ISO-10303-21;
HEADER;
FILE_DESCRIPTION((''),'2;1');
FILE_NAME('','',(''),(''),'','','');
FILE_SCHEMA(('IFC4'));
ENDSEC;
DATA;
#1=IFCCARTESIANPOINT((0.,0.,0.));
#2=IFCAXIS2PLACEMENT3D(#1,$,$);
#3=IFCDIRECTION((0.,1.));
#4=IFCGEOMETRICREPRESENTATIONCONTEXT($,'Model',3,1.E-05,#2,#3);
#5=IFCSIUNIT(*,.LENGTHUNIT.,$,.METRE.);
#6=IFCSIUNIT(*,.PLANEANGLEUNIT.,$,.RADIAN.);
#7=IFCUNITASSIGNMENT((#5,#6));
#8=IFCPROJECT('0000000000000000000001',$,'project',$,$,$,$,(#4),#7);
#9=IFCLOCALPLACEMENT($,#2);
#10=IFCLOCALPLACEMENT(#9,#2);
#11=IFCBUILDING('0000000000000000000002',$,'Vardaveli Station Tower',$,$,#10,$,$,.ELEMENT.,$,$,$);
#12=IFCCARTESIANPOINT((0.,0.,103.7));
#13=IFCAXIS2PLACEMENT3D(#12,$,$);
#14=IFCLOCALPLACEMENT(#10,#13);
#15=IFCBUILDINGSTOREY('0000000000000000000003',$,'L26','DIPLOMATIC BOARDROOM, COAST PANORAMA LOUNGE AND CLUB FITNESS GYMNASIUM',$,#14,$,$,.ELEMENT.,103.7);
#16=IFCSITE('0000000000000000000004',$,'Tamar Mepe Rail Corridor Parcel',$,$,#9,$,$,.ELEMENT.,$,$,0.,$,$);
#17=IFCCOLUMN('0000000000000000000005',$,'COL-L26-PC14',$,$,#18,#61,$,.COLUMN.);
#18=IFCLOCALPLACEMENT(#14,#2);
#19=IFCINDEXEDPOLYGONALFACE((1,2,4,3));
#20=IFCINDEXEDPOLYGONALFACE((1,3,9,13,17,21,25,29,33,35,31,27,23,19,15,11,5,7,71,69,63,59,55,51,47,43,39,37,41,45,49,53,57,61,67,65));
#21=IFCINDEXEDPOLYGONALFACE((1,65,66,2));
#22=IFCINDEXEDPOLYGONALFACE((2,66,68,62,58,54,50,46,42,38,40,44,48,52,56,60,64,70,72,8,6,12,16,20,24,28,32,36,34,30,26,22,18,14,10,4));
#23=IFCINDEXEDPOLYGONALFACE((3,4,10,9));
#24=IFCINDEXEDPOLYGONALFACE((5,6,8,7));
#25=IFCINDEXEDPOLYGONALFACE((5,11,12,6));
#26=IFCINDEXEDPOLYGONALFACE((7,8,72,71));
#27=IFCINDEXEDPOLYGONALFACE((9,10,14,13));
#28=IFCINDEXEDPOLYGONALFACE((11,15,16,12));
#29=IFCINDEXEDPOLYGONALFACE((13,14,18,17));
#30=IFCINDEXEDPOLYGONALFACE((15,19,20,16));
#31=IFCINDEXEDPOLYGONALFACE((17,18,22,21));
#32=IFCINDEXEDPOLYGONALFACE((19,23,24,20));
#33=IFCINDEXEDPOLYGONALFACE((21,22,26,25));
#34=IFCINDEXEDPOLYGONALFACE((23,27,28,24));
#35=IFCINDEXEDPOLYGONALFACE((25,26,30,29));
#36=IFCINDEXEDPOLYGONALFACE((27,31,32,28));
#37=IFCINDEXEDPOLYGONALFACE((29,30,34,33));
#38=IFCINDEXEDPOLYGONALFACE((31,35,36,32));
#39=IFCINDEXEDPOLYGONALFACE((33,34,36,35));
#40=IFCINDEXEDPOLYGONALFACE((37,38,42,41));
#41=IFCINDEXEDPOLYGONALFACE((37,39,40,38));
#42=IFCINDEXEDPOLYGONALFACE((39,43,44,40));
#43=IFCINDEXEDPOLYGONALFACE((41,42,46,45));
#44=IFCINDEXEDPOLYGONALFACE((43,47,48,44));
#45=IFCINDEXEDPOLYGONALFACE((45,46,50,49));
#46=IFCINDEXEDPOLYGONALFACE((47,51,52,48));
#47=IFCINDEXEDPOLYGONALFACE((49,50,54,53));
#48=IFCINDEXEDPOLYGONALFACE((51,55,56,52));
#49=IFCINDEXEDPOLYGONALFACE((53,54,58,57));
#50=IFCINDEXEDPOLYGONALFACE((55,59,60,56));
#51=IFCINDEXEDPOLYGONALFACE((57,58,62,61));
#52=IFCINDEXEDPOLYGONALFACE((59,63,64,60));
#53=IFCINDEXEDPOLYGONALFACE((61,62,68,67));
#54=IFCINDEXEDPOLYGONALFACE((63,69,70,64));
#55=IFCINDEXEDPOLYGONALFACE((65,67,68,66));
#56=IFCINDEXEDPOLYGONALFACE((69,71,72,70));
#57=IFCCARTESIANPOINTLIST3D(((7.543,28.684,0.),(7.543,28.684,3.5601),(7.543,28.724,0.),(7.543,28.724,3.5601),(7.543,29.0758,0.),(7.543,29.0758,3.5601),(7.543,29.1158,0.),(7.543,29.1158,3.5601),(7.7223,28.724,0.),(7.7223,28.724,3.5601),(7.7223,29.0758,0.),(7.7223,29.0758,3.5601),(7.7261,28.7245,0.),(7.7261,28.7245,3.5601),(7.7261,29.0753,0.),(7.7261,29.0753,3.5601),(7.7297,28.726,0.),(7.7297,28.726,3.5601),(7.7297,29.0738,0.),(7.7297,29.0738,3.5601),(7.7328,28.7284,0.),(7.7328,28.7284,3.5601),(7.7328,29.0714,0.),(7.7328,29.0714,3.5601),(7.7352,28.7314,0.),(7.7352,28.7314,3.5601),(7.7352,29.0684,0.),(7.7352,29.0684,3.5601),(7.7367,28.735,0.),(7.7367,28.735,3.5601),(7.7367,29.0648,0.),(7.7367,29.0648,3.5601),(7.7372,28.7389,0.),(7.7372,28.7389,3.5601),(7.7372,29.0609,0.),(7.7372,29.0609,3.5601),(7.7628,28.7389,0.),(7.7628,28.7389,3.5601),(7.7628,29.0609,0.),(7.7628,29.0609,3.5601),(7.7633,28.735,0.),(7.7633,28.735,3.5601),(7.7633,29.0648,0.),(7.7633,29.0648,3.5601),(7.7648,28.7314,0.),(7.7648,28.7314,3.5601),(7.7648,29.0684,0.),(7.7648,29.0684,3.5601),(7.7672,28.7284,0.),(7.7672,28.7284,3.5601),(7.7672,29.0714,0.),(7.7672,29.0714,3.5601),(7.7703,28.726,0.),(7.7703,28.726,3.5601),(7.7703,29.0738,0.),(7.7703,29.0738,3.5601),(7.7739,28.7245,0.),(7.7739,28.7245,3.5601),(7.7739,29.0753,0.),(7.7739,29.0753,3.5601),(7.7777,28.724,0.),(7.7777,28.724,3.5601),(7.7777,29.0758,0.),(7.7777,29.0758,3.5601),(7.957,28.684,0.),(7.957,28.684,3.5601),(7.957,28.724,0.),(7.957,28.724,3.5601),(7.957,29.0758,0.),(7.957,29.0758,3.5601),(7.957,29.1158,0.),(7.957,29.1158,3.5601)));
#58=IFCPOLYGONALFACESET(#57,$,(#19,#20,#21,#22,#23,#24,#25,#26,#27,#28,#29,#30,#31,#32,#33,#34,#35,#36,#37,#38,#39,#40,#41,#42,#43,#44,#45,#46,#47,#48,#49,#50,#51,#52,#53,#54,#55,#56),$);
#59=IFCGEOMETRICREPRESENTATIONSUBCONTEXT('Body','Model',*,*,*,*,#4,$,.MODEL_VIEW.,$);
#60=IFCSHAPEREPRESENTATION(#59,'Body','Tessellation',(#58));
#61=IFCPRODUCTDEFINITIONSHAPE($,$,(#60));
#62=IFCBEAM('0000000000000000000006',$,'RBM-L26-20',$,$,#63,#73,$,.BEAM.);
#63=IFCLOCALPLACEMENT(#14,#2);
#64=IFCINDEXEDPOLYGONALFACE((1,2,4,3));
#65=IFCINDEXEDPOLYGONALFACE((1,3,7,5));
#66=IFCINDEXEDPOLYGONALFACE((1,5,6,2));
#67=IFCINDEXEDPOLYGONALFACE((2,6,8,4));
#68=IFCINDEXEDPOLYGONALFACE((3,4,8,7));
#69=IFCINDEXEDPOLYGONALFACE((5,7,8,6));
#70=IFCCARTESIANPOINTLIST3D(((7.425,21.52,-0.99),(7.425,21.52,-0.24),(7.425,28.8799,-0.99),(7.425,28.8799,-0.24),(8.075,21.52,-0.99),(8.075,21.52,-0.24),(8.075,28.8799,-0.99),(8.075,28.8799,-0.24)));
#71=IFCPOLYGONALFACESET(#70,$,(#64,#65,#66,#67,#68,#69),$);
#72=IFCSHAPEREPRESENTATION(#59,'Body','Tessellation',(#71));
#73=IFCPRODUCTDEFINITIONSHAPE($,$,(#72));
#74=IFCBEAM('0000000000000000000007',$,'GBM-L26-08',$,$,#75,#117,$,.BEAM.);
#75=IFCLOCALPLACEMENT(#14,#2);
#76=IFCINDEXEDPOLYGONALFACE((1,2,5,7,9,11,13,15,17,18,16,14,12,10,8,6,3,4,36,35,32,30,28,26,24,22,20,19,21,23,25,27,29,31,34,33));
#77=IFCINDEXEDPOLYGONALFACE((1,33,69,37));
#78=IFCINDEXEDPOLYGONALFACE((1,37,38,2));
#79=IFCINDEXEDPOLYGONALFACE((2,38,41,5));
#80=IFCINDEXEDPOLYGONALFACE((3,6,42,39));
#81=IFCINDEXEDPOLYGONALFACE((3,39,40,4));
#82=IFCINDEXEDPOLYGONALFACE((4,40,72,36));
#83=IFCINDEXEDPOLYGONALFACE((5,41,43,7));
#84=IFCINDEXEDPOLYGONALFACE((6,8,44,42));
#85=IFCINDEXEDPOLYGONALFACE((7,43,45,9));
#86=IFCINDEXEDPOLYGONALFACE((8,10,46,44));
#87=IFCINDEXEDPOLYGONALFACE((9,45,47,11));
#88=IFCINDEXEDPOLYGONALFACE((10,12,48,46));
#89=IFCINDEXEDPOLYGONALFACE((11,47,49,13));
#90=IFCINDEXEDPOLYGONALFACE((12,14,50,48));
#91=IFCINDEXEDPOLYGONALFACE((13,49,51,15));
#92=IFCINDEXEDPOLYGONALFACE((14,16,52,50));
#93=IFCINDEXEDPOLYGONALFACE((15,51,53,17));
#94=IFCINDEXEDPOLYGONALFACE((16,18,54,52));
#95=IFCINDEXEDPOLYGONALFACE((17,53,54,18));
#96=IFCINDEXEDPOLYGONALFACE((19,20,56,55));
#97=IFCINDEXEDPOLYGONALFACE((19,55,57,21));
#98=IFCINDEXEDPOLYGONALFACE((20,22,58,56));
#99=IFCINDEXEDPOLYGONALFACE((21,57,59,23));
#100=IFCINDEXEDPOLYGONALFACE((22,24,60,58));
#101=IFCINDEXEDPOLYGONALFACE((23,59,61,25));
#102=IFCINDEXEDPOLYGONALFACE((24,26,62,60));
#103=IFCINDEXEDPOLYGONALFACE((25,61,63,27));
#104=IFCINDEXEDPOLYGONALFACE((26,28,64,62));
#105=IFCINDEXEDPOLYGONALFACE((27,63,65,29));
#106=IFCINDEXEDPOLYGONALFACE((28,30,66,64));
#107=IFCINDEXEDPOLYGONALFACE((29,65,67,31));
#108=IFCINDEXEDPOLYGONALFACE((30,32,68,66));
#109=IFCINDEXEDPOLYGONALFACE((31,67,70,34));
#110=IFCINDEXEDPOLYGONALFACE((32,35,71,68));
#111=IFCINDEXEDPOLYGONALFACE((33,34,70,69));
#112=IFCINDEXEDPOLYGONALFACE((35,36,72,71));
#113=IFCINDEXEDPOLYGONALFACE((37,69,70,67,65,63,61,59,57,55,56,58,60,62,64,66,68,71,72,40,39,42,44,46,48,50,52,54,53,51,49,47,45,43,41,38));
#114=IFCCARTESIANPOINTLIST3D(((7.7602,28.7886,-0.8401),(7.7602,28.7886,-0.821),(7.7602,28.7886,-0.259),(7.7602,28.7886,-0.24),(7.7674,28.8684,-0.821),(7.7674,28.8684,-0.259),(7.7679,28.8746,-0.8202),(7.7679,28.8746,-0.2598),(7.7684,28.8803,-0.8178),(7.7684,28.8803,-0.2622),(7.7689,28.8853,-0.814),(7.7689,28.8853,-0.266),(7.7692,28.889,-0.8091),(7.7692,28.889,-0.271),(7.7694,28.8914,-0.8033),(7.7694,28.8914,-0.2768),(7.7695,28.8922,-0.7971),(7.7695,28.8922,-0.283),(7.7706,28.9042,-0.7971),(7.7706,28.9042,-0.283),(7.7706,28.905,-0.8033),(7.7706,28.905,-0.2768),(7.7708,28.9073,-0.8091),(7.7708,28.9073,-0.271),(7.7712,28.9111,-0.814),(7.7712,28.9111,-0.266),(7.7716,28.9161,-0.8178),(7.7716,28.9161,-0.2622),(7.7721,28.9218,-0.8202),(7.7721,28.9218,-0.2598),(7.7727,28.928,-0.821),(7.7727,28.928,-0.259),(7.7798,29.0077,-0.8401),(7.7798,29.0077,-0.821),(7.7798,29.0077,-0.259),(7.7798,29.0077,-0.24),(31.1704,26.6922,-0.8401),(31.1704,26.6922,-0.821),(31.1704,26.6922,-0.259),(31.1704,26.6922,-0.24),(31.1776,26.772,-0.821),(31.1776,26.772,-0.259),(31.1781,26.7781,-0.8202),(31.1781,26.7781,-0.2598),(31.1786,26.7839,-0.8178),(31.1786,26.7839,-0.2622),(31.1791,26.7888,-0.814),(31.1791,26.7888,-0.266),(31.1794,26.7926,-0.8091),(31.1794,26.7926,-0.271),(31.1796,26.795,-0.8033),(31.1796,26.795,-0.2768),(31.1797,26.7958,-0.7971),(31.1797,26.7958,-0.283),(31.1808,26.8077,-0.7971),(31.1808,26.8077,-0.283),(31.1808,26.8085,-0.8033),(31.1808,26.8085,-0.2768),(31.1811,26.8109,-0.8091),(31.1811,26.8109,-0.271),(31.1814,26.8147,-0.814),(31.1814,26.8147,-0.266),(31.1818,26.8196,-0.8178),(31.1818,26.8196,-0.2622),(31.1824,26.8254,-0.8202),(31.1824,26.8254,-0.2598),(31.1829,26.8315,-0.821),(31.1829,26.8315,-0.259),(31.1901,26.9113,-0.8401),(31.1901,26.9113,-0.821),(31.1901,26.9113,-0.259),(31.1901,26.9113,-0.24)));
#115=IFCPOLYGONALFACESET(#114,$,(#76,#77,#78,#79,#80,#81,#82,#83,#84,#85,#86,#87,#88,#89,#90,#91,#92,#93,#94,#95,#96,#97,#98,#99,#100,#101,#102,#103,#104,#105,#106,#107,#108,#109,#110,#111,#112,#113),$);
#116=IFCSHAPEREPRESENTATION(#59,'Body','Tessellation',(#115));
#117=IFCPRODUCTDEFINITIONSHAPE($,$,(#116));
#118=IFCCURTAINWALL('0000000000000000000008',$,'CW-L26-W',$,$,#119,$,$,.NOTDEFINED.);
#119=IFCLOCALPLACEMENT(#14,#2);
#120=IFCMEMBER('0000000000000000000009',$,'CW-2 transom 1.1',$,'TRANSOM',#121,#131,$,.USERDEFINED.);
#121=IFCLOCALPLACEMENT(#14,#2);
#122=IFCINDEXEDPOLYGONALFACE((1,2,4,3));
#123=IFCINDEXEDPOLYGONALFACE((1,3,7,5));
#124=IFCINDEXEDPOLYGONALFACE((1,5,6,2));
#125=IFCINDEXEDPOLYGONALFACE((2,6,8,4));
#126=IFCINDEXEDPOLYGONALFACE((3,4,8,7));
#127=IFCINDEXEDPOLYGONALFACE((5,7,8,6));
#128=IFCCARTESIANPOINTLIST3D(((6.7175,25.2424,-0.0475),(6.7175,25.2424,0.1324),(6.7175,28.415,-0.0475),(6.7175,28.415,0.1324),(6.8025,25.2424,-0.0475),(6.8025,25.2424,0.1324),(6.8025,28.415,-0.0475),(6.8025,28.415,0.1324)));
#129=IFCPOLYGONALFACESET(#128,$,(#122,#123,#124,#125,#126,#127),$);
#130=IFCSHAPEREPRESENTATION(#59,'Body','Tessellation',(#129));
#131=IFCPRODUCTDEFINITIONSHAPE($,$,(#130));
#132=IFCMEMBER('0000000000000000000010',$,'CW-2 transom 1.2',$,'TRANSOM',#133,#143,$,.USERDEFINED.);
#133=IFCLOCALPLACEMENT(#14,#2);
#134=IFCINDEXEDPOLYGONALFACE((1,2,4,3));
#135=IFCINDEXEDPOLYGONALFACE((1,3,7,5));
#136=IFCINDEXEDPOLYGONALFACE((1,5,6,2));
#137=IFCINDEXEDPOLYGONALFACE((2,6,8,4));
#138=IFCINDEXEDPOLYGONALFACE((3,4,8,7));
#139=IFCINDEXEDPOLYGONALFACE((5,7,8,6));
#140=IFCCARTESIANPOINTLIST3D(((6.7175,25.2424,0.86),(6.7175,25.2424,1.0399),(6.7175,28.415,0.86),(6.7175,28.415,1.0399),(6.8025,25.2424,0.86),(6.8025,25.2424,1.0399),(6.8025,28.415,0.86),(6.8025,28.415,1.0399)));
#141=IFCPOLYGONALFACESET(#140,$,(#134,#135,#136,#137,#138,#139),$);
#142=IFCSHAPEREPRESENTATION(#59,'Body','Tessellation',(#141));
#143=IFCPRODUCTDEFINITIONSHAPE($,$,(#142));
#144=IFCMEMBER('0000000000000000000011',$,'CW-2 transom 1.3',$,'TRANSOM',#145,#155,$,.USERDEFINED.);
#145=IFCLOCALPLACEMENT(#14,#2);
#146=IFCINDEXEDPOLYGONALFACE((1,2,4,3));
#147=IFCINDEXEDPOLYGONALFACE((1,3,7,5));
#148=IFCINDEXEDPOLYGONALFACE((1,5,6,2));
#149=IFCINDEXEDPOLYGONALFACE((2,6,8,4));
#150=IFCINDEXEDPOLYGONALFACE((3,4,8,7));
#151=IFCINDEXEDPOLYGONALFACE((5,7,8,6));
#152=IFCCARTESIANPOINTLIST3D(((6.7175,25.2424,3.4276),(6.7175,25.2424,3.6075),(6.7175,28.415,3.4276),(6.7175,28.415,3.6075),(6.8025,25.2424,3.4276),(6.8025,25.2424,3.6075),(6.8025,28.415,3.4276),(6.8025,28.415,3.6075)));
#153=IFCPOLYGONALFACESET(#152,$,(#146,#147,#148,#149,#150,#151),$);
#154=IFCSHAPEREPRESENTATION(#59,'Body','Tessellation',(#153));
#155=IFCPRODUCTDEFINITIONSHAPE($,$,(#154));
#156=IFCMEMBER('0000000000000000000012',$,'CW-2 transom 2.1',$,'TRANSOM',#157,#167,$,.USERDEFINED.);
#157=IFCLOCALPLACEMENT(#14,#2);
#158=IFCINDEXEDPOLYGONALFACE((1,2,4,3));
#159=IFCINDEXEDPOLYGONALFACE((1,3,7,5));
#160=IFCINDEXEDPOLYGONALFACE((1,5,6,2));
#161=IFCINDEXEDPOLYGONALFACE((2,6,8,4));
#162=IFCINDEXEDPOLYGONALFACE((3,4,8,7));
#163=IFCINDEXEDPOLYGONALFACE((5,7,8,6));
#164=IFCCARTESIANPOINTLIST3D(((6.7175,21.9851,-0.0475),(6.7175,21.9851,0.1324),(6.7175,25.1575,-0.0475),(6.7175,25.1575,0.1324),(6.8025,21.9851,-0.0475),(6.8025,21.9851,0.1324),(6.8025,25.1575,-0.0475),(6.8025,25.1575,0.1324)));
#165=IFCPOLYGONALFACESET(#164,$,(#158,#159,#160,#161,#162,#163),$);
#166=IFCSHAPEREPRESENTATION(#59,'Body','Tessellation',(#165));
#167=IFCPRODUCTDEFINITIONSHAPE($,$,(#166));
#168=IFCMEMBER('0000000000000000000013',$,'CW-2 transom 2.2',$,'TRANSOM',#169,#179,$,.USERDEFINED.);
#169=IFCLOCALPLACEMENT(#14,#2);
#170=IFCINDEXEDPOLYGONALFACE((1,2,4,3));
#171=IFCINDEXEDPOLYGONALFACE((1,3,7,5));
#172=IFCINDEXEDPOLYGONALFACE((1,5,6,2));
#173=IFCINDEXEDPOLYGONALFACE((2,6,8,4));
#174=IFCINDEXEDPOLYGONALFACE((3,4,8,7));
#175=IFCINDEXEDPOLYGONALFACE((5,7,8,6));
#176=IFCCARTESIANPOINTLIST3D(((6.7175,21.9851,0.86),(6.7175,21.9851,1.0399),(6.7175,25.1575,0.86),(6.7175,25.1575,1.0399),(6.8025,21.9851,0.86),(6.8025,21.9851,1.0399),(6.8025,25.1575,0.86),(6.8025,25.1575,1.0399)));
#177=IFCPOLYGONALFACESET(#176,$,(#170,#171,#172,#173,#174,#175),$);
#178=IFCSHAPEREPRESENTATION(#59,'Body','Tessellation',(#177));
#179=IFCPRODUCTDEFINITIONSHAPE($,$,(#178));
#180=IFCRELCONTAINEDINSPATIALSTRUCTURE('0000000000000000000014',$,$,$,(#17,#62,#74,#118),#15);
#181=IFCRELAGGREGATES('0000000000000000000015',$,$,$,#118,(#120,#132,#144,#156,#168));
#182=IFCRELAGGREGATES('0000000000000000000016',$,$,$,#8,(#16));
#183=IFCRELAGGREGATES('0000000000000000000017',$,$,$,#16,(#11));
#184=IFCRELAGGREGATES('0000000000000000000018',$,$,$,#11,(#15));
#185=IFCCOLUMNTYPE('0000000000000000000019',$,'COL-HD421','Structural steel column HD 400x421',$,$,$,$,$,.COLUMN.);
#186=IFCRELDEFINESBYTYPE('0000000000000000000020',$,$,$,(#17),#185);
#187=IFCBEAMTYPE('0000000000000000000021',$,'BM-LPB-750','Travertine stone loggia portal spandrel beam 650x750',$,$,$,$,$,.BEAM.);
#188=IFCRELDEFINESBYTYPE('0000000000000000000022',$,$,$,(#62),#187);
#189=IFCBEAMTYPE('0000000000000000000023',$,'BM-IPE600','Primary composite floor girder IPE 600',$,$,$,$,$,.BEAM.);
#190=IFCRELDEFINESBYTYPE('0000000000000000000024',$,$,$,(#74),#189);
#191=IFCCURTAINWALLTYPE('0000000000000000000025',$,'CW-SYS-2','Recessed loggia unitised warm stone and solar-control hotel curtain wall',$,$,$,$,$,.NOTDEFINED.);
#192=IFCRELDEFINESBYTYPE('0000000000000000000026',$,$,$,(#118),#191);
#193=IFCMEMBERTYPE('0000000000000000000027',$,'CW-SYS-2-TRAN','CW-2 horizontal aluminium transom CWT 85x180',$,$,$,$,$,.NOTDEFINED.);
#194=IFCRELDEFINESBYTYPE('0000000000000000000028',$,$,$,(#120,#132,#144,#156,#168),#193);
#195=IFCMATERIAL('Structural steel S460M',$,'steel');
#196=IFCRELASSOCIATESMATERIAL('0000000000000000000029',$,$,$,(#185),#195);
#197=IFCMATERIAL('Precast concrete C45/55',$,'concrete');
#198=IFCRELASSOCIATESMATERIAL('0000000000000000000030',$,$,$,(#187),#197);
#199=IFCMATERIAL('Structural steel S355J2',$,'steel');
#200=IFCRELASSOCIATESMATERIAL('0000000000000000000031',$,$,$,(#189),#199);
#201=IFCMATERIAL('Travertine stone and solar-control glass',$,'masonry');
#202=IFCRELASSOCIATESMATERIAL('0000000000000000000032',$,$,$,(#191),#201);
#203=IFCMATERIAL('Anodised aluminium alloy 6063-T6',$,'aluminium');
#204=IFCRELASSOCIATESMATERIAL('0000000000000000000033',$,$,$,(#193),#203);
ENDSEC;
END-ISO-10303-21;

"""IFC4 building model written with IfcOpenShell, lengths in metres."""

from ifc_helpers import new_model, si_unit, direction, frame, origin, origin_2d, place, context, subcontext, project, spatial, rectangle, i_section, extrude, source, transform, mapped, material, material_profile, profile_set, type_object, element, aggregate, save


model = new_model("IFC4")

# Units and contexts
model_context = context("Model", 3, precision=1e-05, world=origin(), true_north=direction((0.0, 1.0)))
body_context = subcontext(model_context, "Body", "Model", "MODEL_VIEW")
ifc_project = project(units=[si_unit("LENGTHUNIT", "METRE"), si_unit("PLANEANGLEUNIT", "RADIAN")], contexts=[model_context])

# Site, building, storey
site_placement = place(None, origin())
site = spatial("IfcSite", under=ifc_project, at=site_placement, Name="Tamar Mepe Rail Corridor Parcel", CompositionType="ELEMENT", RefElevation=0.0)
building_placement = place(site_placement, origin())
building = spatial("IfcBuilding", under=site, at=building_placement, Name="Vardaveli Station Tower", CompositionType="ELEMENT")
storey_placement = place(building_placement, frame((0.0, 0.0, 103.7)))
storey = spatial("IfcBuildingStorey", under=building, at=storey_placement, Name="L26", Description="DIPLOMATIC BOARDROOM, COAST PANORAMA LOUNGE AND CLUB FITNESS GYMNASIUM", CompositionType="ELEMENT", Elevation=103.7)

# Column
ifc_material_1 = material(Name="Structural steel S460M", Category="steel")
ifc_material_profile_1 = material_profile(ifc_material_1, i_section(OverallWidth=0.4141, OverallDepth=0.4319, WebThickness=0.0256, FlangeThickness=0.04, FilletRadius=0.0149, at=origin_2d()), Name="HD 400x421")
ifc_profile_set_1 = profile_set([ifc_material_profile_1], Name="Structural steel S460M")
column_type = type_object("IfcColumnType", Name="COL-HD421", Description="Structural steel column HD 400x421", PredefinedType="COLUMN", material=ifc_profile_set_1)
shared_shape_1 = source(origin(), body_context, "Body", "SweptSolid", [
    extrude(i_section(OverallWidth=0.4141, OverallDepth=0.4319, WebThickness=0.0256, FlangeThickness=0.04, FilletRadius=0.0149, at=origin_2d()), origin(), (0.0, 0.0, 1.0), 3.5601),
])
column_placement = place(storey_placement, frame((7.75, 28.8999, 0.0), z_axis=(0.0, 0.0, 1.0), x_axis=(1.0, 0.0, 0.0)))
element("IfcColumn", 1, at=column_placement, inside=storey, type_object=column_type, Name="COL-L26-PC14", PredefinedType="COLUMN", context=body_context, shape_type="MappedRepresentation", body=[
    mapped(shared_shape_1, transform((0.0, 0.0, 0.0), scale=1.0)),
])

# Beams
ifc_material_2 = material(Name="Precast concrete C45/55", Category="concrete")
ifc_material_profile_2 = material_profile(ifc_material_2, rectangle(XDim=0.6499, YDim=0.75, at=origin_2d()), Name="LPB 650x750")
ifc_profile_set_2 = profile_set([ifc_material_profile_2], Name="Precast concrete C45/55")
beam_type_1 = type_object("IfcBeamType", Name="BM-LPB-750", Description="Travertine stone loggia portal spandrel beam 650x750", PredefinedType="BEAM", material=ifc_profile_set_2)
shared_shape_2 = source(origin(), body_context, "Body", "SweptSolid", [
    extrude(rectangle(XDim=0.6499, YDim=0.75, at=origin_2d()), origin(), (0.0, 0.0, 1.0), 7.3599),
])
beam_1_placement = place(storey_placement, frame((7.75, 28.8799, -0.615), z_axis=(0.0, -1.0, 0.0), x_axis=(1.0, 0.0, 0.0)))
element("IfcBeam", 2, at=beam_1_placement, inside=storey, type_object=beam_type_1, Name="RBM-L26-20", PredefinedType="BEAM", context=body_context, shape_type="MappedRepresentation", body=[
    mapped(shared_shape_2, transform((0.0, 0.0, 0.0), scale=1.0)),
])
ifc_material_3 = material(Name="Structural steel S355J2", Category="steel")
ifc_material_profile_3 = material_profile(ifc_material_3, i_section(OverallWidth=0.22, OverallDepth=0.6001, WebThickness=0.012, FlangeThickness=0.019, FilletRadius=0.0239, at=origin_2d()), Name="IPE 600")
ifc_profile_set_3 = profile_set([ifc_material_profile_3], Name="Structural steel S355J2")
beam_type_2 = type_object("IfcBeamType", Name="BM-IPE600", Description="Primary composite floor girder IPE 600", PredefinedType="BEAM", material=ifc_profile_set_3)
shared_shape_3 = source(origin(), body_context, "Body", "SweptSolid", [
    extrude(i_section(OverallWidth=0.22, OverallDepth=0.6001, WebThickness=0.012, FlangeThickness=0.019, FilletRadius=0.0239, at=origin_2d()), origin(), (0.0, 0.0, 1.0), 23.5039),
])
beam_2_placement = place(storey_placement, frame((7.77, 28.8982, -0.54), z_axis=(0.996014, -0.089195, 0.0), x_axis=(0.089195, 0.996014, 0.0)))
element("IfcBeam", 3, at=beam_2_placement, inside=storey, type_object=beam_type_2, Name="GBM-L26-08", PredefinedType="BEAM", context=body_context, shape_type="MappedRepresentation", body=[
    mapped(shared_shape_3, transform((0.0, 0.0, 0.0), scale=1.0)),
])

# Curtain wall, members
ifc_material_4 = material(Name="Travertine stone and solar-control glass", Category="masonry")
curtain_wall_type = type_object("IfcCurtainWallType", Name="CW-SYS-2", Description="Recessed loggia unitised warm stone and solar-control hotel curtain wall", PredefinedType="NOTDEFINED", material=ifc_material_4)
curtain_wall_placement = place(storey_placement, origin())
curtain_wall = element("IfcCurtainWall", 4, at=curtain_wall_placement, inside=storey, type_object=curtain_wall_type, Name="CW-L26-W", PredefinedType="NOTDEFINED")
ifc_material_5 = material(Name="Anodised aluminium alloy 6063-T6", Category="aluminium")
ifc_material_profile_4 = material_profile(ifc_material_5, rectangle(XDim=0.085, YDim=0.1799, at=origin_2d()), Name="CWT 85x180")
ifc_profile_set_4 = profile_set([ifc_material_profile_4], Name="Anodised aluminium alloy 6063-T6")
member_type_1 = type_object("IfcMemberType", Name="CW-SYS-2-TRAN", Description="CW-2 horizontal aluminium transom CWT 85x180", PredefinedType="NOTDEFINED", material=ifc_profile_set_4)
shared_shape_4 = source(origin(), body_context, "Body", "SweptSolid", [
    extrude(rectangle(XDim=0.085, YDim=0.1799, at=origin_2d()), origin(), (0.0, 0.0, 1.0), 3.1726),
])
member_1_placement = place(storey_placement, frame((6.76, 28.415, 0.0425), z_axis=(0.0, -1.0, 0.0), x_axis=(1.0, 0.0, 0.0)))
member_1 = element("IfcMember", 5, at=member_1_placement, type_object=member_type_1, Name="CW-2 transom 1.1", ObjectType="TRANSOM", PredefinedType="USERDEFINED", context=body_context, shape_type="MappedRepresentation", body=[
    mapped(shared_shape_4, transform((0.0, 0.0, 0.0), scale=1.0)),
])
member_2_placement = place(storey_placement, frame((6.76, 28.415, 0.95), z_axis=(0.0, -1.0, 0.0), x_axis=(1.0, 0.0, 0.0)))
member_2 = element("IfcMember", 6, at=member_2_placement, type_object=member_type_1, Name="CW-2 transom 1.2", ObjectType="TRANSOM", PredefinedType="USERDEFINED", context=body_context, shape_type="MappedRepresentation", body=[
    mapped(shared_shape_4, transform((0.0, 0.0, 0.0), scale=1.0)),
])
member_3_placement = place(storey_placement, frame((6.76, 28.415, 3.5176), z_axis=(0.0, -1.0, 0.0), x_axis=(1.0, 0.0, 0.0)))
member_3 = element("IfcMember", 7, at=member_3_placement, type_object=member_type_1, Name="CW-2 transom 1.3", ObjectType="TRANSOM", PredefinedType="USERDEFINED", context=body_context, shape_type="MappedRepresentation", body=[
    mapped(shared_shape_4, transform((0.0, 0.0, 0.0), scale=1.0)),
])
shared_shape_5 = source(origin(), body_context, "Body", "SweptSolid", [
    extrude(rectangle(XDim=0.085, YDim=0.1799, at=origin_2d()), origin(), (0.0, 0.0, 1.0), 3.1724),
])
member_4_placement = place(storey_placement, frame((6.76, 25.1575, 0.0425), z_axis=(0.0, -1.0, 0.0), x_axis=(1.0, 0.0, 0.0)))
member_4 = element("IfcMember", 8, at=member_4_placement, type_object=member_type_1, Name="CW-2 transom 2.1", ObjectType="TRANSOM", PredefinedType="USERDEFINED", context=body_context, shape_type="MappedRepresentation", body=[
    mapped(shared_shape_5, transform((0.0, 0.0, 0.0), scale=1.0)),
])
member_5_placement = place(storey_placement, frame((6.76, 25.1575, 0.95), z_axis=(0.0, -1.0, 0.0), x_axis=(1.0, 0.0, 0.0)))
member_5 = element("IfcMember", 9, at=member_5_placement, type_object=member_type_1, Name="CW-2 transom 2.2", ObjectType="TRANSOM", PredefinedType="USERDEFINED", context=body_context, shape_type="MappedRepresentation", body=[
    mapped(shared_shape_5, transform((0.0, 0.0, 0.0), scale=1.0)),
])
aggregate(curtain_wall, [member_1, member_2, member_3, member_4, member_5])

save(model, "model.ifc")
